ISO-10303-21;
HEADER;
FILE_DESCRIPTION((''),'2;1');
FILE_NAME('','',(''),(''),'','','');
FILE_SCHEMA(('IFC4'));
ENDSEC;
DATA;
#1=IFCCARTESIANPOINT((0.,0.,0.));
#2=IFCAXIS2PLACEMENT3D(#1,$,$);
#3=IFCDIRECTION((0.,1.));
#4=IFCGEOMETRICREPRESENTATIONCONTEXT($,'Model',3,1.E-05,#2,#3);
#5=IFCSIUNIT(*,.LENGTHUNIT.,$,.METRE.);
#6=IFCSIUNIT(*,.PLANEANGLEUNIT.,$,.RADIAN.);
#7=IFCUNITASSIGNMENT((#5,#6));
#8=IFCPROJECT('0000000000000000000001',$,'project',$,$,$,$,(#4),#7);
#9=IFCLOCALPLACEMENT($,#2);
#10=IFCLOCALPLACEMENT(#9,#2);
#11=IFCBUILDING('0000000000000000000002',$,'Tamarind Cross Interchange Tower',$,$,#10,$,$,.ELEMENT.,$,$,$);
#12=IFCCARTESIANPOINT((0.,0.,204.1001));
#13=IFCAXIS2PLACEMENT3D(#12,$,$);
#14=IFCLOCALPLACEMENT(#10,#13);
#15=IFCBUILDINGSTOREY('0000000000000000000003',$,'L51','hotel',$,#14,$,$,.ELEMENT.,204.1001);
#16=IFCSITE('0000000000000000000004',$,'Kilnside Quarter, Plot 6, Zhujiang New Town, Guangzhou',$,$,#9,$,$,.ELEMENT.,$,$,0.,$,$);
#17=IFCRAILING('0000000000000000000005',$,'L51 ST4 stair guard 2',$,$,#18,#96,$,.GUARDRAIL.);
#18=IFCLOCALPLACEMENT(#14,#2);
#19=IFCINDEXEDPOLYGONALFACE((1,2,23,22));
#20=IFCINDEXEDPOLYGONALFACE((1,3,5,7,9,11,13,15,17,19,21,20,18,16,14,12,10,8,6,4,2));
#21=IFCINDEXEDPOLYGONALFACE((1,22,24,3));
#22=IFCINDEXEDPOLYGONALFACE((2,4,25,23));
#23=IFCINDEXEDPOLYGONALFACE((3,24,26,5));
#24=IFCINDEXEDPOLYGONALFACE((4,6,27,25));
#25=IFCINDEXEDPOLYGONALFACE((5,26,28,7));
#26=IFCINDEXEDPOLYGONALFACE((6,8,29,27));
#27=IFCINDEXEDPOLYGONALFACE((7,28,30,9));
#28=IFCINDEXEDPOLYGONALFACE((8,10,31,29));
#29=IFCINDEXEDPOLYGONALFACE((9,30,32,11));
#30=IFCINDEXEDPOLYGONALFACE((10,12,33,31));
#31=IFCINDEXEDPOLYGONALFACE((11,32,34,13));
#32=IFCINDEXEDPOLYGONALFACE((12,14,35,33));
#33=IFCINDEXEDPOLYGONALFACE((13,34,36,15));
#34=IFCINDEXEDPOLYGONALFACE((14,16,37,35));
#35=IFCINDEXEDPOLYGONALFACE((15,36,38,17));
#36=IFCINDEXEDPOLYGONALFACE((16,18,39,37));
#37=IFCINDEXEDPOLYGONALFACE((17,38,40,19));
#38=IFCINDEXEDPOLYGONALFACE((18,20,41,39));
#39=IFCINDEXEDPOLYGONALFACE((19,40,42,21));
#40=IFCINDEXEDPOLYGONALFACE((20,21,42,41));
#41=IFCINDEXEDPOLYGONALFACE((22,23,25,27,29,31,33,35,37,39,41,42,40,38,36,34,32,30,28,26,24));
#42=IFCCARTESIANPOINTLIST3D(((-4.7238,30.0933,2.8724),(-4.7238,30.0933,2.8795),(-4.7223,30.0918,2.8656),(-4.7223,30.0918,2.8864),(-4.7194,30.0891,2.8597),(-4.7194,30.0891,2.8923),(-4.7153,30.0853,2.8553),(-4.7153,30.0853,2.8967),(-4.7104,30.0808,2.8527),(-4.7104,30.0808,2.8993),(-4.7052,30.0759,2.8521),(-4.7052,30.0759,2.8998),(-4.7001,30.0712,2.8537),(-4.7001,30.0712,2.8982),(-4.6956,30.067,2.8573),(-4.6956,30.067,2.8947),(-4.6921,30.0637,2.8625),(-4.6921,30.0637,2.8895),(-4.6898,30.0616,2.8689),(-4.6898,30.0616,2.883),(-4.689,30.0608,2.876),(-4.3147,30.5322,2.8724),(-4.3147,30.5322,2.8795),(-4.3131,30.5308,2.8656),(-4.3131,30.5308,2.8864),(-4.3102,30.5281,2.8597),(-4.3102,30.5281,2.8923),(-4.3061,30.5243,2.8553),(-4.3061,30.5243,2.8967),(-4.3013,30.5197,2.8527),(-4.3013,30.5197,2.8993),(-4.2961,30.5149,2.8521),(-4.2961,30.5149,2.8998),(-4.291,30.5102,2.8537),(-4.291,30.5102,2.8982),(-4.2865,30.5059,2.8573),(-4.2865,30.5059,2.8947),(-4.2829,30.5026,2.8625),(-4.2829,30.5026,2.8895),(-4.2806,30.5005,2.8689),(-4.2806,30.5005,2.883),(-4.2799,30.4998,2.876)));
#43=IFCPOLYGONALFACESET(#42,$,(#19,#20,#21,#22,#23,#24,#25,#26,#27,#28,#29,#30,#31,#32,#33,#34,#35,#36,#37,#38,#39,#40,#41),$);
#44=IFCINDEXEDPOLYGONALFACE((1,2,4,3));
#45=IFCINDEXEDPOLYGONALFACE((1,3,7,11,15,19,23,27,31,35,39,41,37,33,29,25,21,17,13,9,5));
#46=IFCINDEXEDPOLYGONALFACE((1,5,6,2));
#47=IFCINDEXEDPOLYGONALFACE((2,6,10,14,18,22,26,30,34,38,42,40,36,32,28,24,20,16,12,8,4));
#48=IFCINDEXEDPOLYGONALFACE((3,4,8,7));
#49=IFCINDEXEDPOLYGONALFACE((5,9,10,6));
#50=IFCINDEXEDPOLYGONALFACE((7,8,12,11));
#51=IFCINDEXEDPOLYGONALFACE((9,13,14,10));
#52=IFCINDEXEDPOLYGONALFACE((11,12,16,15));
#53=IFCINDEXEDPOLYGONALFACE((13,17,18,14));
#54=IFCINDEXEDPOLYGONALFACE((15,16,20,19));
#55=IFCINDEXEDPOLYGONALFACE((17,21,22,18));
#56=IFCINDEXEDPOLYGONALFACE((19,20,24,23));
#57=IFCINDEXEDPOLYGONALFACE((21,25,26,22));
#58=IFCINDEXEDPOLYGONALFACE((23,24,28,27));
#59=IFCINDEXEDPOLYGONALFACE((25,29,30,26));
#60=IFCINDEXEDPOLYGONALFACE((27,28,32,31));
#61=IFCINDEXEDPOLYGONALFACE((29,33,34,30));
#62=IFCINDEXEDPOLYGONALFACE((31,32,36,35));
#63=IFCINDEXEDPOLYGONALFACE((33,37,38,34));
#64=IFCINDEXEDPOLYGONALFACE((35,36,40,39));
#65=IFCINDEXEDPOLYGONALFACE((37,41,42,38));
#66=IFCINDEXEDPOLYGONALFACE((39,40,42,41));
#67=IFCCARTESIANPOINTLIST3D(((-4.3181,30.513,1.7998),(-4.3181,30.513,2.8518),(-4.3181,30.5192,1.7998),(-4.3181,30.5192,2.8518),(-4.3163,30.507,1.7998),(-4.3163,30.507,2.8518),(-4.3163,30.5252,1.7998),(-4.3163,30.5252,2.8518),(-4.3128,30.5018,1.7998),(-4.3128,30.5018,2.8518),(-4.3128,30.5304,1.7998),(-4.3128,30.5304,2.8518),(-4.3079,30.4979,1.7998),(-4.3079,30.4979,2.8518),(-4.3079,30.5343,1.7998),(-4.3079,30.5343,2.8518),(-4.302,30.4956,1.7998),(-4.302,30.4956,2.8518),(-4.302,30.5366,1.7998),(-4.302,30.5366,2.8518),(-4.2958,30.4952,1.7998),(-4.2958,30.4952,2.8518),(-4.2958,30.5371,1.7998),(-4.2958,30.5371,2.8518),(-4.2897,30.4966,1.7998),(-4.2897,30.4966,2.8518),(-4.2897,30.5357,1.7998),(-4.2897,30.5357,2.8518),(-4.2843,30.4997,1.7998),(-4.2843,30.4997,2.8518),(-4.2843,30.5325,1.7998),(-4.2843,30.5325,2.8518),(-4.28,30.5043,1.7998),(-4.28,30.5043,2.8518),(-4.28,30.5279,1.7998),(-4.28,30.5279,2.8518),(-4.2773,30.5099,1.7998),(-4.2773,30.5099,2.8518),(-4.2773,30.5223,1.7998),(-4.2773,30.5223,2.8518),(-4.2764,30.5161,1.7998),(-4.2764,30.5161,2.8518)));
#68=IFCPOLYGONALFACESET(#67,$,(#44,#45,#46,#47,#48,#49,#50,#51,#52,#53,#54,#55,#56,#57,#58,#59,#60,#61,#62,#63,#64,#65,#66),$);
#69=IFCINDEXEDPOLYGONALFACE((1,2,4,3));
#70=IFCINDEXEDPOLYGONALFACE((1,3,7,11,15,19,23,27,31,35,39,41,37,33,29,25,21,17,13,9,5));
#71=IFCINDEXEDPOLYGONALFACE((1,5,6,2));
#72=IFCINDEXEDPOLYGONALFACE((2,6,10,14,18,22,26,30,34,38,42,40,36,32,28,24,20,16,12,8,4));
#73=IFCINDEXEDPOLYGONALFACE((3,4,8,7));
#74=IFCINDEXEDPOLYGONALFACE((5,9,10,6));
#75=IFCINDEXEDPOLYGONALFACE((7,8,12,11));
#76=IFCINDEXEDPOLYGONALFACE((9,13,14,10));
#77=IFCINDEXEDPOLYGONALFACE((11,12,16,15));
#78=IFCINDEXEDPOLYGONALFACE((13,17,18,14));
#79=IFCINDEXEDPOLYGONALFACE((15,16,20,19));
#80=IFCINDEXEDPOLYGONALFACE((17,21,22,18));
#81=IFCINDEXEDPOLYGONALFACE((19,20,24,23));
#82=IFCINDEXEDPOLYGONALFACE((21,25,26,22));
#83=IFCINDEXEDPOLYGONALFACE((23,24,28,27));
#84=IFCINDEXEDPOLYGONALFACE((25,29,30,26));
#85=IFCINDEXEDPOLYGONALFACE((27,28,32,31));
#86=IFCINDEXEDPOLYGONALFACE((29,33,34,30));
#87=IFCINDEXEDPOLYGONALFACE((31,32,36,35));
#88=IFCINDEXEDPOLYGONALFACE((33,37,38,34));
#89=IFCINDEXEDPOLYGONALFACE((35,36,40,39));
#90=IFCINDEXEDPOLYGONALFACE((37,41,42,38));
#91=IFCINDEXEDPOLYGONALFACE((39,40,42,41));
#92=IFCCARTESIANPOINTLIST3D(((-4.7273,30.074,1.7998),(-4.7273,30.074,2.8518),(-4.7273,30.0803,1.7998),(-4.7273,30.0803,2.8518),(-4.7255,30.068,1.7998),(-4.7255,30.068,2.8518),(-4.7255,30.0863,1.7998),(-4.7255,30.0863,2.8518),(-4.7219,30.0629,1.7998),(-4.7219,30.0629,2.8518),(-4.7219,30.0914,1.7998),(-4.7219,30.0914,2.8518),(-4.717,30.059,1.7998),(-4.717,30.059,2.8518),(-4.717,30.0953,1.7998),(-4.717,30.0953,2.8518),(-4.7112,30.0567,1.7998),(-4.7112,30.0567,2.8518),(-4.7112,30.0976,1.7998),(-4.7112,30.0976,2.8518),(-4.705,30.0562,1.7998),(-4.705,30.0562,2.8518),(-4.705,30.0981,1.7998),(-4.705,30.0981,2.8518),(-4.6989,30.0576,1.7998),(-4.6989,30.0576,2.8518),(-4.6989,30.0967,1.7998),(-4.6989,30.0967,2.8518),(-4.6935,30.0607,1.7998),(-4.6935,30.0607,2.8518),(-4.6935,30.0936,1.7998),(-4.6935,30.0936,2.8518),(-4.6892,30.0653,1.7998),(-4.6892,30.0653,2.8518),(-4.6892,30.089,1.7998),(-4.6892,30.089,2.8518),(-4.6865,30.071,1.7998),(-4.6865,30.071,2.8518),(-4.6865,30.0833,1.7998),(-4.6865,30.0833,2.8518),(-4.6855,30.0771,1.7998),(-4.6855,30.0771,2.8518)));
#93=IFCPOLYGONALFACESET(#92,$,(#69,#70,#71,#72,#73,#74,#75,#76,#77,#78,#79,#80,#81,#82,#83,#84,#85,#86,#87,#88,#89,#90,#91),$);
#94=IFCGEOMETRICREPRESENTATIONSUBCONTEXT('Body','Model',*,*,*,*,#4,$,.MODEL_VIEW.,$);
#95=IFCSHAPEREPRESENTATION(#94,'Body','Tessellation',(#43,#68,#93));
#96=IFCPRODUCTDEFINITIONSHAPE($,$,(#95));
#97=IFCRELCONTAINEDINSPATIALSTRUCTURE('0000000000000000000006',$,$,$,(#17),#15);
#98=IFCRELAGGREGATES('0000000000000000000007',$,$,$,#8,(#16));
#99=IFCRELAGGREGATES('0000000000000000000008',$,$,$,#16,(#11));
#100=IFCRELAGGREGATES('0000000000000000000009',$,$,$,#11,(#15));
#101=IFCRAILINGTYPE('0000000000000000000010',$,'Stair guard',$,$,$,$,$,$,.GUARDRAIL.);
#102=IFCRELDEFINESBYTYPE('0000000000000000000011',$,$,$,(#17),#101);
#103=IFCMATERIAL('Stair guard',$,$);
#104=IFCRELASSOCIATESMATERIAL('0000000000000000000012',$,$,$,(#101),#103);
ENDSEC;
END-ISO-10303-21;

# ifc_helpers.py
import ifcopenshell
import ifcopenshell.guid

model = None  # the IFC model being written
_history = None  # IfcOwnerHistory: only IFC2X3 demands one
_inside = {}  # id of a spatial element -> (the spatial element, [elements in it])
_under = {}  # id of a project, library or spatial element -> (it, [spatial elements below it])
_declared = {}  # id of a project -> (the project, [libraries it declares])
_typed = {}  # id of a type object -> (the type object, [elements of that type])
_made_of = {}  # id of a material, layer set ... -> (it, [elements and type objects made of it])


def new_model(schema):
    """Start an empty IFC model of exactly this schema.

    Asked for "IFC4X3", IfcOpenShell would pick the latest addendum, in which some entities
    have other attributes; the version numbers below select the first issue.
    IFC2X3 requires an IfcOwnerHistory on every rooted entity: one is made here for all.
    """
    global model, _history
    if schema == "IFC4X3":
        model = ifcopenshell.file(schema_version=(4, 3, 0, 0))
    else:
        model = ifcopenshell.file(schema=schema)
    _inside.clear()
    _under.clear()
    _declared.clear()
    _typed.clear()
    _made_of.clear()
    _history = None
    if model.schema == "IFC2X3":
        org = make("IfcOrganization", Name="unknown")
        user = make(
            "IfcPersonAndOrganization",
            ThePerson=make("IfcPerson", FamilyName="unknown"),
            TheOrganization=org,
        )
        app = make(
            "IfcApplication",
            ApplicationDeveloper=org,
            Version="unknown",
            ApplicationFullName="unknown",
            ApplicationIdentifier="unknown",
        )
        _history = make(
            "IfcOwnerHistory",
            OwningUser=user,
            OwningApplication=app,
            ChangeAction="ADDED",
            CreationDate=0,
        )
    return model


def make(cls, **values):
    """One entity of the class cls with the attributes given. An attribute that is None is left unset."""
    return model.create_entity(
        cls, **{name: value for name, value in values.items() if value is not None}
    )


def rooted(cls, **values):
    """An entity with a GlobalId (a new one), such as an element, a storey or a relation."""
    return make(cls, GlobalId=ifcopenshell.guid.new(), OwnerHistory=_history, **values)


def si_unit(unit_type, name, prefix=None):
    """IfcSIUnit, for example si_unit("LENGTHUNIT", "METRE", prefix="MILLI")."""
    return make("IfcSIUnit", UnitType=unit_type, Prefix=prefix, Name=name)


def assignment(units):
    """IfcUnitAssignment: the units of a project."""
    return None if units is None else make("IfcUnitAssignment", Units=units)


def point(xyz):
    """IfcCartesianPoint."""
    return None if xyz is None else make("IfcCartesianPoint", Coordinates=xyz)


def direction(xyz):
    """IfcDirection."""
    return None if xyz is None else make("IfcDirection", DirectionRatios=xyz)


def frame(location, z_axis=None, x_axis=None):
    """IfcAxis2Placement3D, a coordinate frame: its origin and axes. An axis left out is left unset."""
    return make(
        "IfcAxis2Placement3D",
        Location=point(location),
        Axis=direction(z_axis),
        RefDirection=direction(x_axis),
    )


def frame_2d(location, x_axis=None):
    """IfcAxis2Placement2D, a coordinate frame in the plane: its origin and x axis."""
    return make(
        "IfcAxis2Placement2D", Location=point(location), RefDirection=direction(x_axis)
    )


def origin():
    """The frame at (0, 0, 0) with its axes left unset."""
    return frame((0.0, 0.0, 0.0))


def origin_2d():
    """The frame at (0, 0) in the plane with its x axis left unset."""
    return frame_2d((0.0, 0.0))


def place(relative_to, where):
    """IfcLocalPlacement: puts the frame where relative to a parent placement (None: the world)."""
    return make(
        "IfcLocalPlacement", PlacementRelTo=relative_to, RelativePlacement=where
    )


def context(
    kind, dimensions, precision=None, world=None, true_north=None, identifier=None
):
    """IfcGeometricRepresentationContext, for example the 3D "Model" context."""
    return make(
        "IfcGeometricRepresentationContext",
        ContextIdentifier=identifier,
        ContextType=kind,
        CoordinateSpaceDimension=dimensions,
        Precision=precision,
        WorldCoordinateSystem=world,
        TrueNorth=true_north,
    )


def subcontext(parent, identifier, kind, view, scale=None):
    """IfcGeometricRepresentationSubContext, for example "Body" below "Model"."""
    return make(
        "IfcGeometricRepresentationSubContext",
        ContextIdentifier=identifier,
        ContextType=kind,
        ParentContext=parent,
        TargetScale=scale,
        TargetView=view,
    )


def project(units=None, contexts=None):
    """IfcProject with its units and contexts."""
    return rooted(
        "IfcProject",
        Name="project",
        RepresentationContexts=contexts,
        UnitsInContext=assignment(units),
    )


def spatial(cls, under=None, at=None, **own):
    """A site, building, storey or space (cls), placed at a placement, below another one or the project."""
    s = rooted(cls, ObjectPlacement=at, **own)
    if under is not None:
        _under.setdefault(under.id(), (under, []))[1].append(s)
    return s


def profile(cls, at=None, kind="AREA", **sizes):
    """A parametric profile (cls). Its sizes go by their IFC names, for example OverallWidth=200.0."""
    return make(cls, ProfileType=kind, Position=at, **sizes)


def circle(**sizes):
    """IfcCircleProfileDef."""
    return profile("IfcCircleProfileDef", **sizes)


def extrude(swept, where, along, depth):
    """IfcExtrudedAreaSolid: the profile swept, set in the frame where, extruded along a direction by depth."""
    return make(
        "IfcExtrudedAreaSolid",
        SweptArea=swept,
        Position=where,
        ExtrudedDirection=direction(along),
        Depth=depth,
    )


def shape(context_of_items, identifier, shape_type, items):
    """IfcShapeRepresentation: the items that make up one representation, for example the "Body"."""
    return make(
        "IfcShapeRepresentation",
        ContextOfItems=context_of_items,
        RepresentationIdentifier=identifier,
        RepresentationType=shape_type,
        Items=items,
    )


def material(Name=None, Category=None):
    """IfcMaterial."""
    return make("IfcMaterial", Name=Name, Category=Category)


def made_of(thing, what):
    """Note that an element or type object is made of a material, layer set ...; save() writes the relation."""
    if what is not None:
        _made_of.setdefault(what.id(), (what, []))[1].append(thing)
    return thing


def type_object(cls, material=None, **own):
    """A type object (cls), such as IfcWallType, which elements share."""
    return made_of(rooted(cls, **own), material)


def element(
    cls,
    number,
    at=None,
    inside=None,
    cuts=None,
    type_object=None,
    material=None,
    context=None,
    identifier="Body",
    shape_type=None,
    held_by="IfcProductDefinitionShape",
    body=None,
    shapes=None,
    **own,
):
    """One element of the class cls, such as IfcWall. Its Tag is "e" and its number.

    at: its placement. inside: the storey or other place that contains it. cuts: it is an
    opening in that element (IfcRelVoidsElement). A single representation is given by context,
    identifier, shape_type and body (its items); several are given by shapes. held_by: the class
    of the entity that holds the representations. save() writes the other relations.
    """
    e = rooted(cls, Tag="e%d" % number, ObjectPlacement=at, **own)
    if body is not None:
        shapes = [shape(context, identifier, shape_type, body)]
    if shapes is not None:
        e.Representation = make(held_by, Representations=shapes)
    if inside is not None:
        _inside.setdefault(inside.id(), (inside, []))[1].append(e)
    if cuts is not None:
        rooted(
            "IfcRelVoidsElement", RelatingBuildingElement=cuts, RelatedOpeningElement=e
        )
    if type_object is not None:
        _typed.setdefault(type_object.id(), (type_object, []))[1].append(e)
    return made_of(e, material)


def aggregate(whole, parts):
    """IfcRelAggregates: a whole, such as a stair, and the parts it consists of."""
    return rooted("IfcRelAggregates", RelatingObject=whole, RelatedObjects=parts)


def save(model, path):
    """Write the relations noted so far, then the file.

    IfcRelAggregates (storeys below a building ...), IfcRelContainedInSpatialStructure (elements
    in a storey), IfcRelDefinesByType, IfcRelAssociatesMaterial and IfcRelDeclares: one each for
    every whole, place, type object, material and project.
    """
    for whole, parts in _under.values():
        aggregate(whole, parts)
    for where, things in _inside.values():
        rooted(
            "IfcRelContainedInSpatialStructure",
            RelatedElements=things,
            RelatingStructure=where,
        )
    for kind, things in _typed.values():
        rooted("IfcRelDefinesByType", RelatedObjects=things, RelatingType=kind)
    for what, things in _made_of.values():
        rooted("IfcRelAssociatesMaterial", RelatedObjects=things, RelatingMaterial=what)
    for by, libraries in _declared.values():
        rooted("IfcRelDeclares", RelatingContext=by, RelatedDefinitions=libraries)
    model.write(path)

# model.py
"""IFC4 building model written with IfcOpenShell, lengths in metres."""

from ifc_helpers import new_model, si_unit, direction, frame, origin, origin_2d, place, context, subcontext, project, spatial, circle, extrude, material, type_object, element, save


model = new_model("IFC4")

# Units and contexts
model_context = context("Model", 3, precision=1e-05, world=origin(), true_north=direction((0.0, 1.0)))
body_context = subcontext(model_context, "Body", "Model", "MODEL_VIEW")
ifc_project = project(units=[si_unit("LENGTHUNIT", "METRE"), si_unit("PLANEANGLEUNIT", "RADIAN")], contexts=[model_context])

# Site, building, storey
site_placement = place(None, origin())
site = spatial("IfcSite", under=ifc_project, at=site_placement, Name="Kilnside Quarter, Plot 6, Zhujiang New Town, Guangzhou", CompositionType="ELEMENT", RefElevation=0.0)
building_placement = place(site_placement, origin())
building = spatial("IfcBuilding", under=site, at=building_placement, Name="Tamarind Cross Interchange Tower", CompositionType="ELEMENT")
storey_placement = place(building_placement, frame((0.0, 0.0, 204.1001)))
storey = spatial("IfcBuildingStorey", under=building, at=storey_placement, Name="L51", Description="hotel", CompositionType="ELEMENT", Elevation=204.1001)

# Railing
ifc_material_1 = material(Name="Stair guard")
railing_type_1 = type_object("IfcRailingType", Name="Stair guard", PredefinedType="GUARDRAIL", material=ifc_material_1)
railing_1_placement = place(storey_placement, frame((-4.2974, 30.5161, 1.7998)))
element("IfcRailing", 1, at=railing_1_placement, inside=storey, type_object=railing_type_1, Name="L51 ST4 stair guard 2", PredefinedType="GUARDRAIL", context=body_context, shape_type="SweptSolid", body=[
    extrude(circle(Radius=0.0239, at=origin_2d()), frame((0.0, 0.0, 1.0762), z_axis=(-0.681854, -0.731488, 0.0), x_axis=(0.731488, -0.681854, 0.0)), (0.0, 0.0, 1.0), 0.6001),
    extrude(circle(Radius=0.021, at=origin_2d()), origin(), (0.0, 0.0, 1.0), 1.052),
    extrude(circle(Radius=0.021, at=origin_2d()), frame((-0.4092, -0.439, 0.0)), (0.0, 0.0, 1.0), 1.052),
])

save(model, "model.ifc")
